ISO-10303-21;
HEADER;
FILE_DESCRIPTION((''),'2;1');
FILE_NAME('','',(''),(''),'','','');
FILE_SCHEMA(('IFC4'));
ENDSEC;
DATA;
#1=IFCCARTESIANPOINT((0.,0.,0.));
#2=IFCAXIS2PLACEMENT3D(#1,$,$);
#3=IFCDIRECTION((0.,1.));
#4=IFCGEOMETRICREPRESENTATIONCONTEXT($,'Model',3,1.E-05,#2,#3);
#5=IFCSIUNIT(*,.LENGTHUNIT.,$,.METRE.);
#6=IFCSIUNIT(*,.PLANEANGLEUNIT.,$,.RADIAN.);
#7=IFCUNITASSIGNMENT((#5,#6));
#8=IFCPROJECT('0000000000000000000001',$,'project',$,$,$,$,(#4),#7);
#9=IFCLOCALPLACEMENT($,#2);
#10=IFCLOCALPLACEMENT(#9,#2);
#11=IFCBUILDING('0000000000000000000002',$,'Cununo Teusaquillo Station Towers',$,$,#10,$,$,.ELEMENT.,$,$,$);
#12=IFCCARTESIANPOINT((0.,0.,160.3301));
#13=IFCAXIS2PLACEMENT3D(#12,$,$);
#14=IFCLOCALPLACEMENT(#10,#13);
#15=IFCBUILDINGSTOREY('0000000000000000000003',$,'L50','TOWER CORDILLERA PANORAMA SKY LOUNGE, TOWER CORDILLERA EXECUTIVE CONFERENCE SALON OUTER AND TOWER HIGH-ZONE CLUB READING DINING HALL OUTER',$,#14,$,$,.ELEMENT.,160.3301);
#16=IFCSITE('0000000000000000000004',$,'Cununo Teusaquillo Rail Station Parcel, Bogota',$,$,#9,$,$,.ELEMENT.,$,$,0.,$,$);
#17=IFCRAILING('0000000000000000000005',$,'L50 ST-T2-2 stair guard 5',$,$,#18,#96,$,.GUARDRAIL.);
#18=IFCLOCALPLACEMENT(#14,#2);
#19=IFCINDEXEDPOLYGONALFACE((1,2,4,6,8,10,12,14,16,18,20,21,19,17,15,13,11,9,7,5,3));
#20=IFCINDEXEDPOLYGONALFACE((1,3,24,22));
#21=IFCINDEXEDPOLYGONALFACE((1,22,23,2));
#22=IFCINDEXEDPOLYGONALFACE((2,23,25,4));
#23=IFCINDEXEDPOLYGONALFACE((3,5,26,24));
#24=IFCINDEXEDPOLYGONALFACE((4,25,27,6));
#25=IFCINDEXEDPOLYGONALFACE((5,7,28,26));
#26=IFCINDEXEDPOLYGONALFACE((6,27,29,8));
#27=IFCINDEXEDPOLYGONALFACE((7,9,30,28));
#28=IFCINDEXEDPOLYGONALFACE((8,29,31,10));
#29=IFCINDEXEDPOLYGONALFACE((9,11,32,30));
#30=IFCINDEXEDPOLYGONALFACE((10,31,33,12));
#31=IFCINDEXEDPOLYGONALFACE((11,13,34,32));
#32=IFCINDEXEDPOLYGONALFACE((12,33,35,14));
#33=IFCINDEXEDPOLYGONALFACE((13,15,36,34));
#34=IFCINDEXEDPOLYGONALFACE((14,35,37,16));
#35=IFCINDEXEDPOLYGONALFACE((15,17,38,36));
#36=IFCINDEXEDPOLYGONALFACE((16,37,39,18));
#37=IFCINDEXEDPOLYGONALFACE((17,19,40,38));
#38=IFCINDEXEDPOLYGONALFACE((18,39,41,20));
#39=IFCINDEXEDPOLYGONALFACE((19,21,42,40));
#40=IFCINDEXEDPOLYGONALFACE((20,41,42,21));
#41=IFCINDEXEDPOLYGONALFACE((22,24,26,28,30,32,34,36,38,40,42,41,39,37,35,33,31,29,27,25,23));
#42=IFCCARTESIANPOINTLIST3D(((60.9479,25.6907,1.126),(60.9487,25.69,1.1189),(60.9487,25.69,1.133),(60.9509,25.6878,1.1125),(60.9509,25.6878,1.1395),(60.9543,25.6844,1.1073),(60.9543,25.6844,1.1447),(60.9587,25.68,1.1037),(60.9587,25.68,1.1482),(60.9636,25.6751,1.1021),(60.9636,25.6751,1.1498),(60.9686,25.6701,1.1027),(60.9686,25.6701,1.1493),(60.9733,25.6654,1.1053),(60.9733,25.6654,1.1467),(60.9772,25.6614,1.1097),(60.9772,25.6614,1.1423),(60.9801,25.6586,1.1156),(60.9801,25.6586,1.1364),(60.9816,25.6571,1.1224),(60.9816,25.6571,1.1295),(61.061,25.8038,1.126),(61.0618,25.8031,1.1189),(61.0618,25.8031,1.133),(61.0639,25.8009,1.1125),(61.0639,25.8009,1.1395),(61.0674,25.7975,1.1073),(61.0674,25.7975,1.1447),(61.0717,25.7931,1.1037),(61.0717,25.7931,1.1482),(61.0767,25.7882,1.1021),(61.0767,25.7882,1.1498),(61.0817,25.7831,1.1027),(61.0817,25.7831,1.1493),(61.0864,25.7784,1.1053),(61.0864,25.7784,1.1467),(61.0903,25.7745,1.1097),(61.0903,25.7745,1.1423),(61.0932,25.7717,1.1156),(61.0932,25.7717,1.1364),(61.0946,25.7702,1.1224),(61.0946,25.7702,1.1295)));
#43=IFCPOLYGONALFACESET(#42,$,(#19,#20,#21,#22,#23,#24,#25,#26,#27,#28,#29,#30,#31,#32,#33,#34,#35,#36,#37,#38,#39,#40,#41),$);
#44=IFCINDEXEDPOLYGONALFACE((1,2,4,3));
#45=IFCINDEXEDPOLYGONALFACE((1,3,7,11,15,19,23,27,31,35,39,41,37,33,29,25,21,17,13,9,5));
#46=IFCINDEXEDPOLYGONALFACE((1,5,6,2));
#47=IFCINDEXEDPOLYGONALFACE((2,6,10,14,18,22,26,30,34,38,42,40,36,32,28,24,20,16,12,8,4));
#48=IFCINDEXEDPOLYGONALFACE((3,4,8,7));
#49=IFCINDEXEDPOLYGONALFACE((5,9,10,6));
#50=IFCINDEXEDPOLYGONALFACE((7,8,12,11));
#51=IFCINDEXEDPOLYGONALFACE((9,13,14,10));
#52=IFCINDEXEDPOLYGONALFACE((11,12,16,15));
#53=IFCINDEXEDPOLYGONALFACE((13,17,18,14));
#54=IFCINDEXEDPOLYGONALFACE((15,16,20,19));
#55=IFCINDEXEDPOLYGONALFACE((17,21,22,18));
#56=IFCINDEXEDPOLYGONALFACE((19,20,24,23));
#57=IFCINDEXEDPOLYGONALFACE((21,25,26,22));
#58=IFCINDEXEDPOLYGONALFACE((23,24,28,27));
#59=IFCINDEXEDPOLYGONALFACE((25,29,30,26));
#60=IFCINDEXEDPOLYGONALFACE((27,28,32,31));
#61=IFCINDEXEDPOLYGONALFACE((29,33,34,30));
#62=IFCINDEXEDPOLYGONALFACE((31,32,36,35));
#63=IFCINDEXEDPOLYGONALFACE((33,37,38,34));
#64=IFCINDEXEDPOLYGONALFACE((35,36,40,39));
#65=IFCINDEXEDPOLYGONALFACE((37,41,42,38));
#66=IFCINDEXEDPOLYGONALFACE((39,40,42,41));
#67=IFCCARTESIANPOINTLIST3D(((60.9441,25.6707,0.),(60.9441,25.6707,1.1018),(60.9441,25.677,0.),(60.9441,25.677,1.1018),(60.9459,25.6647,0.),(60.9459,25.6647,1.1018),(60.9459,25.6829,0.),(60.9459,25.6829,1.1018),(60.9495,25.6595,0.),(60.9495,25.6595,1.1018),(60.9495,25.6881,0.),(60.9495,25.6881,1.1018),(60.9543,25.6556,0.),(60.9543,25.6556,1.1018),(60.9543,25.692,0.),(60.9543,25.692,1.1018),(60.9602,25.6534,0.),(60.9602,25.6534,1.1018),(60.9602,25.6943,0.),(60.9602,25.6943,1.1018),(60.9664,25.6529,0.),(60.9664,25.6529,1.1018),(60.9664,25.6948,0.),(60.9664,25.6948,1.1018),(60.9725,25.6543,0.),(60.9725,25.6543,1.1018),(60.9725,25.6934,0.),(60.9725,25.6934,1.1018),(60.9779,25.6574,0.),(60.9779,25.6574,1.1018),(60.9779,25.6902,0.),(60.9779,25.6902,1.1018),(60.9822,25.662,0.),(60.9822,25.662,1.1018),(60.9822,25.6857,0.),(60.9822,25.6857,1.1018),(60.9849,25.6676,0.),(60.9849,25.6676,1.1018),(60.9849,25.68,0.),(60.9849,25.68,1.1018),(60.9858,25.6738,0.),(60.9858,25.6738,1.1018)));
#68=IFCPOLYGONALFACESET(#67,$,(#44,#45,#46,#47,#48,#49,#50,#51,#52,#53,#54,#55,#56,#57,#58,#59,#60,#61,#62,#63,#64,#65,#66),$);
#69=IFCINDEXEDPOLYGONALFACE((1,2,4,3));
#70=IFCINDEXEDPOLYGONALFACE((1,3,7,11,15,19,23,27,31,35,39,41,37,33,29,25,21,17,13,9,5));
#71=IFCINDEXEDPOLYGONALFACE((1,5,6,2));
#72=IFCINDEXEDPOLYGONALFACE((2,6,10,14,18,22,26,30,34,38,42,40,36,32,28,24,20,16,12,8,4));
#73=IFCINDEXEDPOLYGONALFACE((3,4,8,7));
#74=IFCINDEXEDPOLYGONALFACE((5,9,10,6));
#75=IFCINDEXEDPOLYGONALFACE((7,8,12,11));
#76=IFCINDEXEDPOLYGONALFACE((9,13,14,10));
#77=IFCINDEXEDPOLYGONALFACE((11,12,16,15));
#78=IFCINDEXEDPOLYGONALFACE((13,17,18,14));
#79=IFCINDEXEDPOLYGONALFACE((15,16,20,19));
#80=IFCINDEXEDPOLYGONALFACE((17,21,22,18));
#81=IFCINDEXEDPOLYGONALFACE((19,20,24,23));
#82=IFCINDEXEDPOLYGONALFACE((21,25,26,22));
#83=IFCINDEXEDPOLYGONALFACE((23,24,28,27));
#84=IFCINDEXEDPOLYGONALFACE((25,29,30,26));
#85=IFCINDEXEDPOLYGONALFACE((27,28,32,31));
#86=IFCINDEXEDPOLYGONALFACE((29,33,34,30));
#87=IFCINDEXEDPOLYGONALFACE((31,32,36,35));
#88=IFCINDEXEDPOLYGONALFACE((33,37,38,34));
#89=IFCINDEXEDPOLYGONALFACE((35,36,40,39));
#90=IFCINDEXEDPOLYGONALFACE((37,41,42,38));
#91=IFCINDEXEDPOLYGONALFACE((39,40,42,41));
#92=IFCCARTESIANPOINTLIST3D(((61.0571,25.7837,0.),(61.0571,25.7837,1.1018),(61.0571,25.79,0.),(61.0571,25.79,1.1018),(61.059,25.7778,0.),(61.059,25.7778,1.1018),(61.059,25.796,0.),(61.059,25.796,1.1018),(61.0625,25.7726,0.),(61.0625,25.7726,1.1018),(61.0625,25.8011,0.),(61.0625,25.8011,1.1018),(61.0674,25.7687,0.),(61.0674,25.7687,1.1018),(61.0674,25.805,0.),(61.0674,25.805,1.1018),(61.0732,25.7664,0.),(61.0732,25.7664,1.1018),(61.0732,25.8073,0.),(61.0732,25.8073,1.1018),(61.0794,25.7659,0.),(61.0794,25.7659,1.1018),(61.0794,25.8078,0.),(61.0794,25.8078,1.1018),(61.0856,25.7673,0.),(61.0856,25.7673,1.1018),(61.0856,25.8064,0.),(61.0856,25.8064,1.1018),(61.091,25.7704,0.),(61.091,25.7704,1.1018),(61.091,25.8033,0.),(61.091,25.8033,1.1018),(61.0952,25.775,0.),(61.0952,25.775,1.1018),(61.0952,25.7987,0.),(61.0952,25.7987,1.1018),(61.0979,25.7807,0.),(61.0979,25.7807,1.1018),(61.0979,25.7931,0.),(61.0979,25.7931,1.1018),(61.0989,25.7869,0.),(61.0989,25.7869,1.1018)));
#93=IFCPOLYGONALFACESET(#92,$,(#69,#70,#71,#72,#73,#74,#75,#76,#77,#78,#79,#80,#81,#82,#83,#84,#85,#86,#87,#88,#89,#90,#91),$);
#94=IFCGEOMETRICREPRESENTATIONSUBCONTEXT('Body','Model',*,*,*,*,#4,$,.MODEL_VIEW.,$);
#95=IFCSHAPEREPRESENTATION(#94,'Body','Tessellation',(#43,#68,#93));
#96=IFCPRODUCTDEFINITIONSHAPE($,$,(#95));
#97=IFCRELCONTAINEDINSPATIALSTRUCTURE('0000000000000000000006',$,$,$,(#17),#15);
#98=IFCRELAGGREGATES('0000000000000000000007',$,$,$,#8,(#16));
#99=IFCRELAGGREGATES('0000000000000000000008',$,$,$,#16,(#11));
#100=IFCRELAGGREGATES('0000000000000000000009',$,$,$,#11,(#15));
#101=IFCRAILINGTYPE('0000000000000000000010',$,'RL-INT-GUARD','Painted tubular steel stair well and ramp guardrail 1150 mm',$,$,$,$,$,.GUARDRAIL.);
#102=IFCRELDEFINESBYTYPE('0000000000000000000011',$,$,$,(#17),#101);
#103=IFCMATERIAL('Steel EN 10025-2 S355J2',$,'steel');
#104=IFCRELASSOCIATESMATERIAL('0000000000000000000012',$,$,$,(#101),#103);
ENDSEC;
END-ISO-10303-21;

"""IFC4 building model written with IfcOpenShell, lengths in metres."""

from ifc_helpers import new_model, si_unit, direction, frame, origin, origin_2d, place, context, subcontext, project, spatial, circle, extrude, material, type_object, element, save


model = new_model("IFC4")

# Units and contexts
model_context = context("Model", 3, precision=1e-05, world=origin(), true_north=direction((0.0, 1.0)))
body_context = subcontext(model_context, "Body", "Model", "MODEL_VIEW")
ifc_project = project(units=[si_unit("LENGTHUNIT", "METRE"), si_unit("PLANEANGLEUNIT", "RADIAN")], contexts=[model_context])

# Site, building, storey
site_placement = place(None, origin())
site = spatial("IfcSite", under=ifc_project, at=site_placement, Name="Cununo Teusaquillo Rail Station Parcel, Bogota", CompositionType="ELEMENT", RefElevation=0.0)
building_placement = place(site_placement, origin())
building = spatial("IfcBuilding", under=site, at=building_placement, Name="Cununo Teusaquillo Station Towers", CompositionType="ELEMENT")
storey_placement = place(building_placement, frame((0.0, 0.0, 160.3301)))
storey = spatial("IfcBuildingStorey", under=building, at=storey_placement, Name="L50", Description="TOWER CORDILLERA PANORAMA SKY LOUNGE, TOWER CORDILLERA EXECUTIVE CONFERENCE SALON OUTER AND TOWER HIGH-ZONE CLUB READING DINING HALL OUTER", CompositionType="ELEMENT", Elevation=160.3301)

# Railing
ifc_material_1 = material(Name="Steel EN 10025-2 S355J2", Category="steel")
railing_type_1 = type_object("IfcRailingType", Name="RL-INT-GUARD", Description="Painted tubular steel stair well and ramp guardrail 1150 mm", PredefinedType="GUARDRAIL", material=ifc_material_1)
railing_1_placement = place(storey_placement, frame((60.9648, 25.6738, 0.0)))
element("IfcRailing", 1, at=railing_1_placement, inside=storey, type_object=railing_type_1, Name="L50 ST-T2-2 stair guard 5", PredefinedType="GUARDRAIL", context=body_context, shape_type="SweptSolid", body=[
    extrude(circle(Radius=0.0239, at=origin_2d()), frame((0.0, 0.0, 1.126), z_axis=(0.707107, 0.707107, 0.0), x_axis=(-0.707107, 0.707107, 0.0)), (0.0, 0.0, 1.0), 0.1599),
    extrude(circle(Radius=0.021, at=origin_2d()), origin(), (0.0, 0.0, 1.0), 1.1018),
    extrude(circle(Radius=0.021, at=origin_2d()), frame((0.113, 0.113, 0.0)), (0.0, 0.0, 1.0), 1.1018),
])

save(model, "model.ifc")
